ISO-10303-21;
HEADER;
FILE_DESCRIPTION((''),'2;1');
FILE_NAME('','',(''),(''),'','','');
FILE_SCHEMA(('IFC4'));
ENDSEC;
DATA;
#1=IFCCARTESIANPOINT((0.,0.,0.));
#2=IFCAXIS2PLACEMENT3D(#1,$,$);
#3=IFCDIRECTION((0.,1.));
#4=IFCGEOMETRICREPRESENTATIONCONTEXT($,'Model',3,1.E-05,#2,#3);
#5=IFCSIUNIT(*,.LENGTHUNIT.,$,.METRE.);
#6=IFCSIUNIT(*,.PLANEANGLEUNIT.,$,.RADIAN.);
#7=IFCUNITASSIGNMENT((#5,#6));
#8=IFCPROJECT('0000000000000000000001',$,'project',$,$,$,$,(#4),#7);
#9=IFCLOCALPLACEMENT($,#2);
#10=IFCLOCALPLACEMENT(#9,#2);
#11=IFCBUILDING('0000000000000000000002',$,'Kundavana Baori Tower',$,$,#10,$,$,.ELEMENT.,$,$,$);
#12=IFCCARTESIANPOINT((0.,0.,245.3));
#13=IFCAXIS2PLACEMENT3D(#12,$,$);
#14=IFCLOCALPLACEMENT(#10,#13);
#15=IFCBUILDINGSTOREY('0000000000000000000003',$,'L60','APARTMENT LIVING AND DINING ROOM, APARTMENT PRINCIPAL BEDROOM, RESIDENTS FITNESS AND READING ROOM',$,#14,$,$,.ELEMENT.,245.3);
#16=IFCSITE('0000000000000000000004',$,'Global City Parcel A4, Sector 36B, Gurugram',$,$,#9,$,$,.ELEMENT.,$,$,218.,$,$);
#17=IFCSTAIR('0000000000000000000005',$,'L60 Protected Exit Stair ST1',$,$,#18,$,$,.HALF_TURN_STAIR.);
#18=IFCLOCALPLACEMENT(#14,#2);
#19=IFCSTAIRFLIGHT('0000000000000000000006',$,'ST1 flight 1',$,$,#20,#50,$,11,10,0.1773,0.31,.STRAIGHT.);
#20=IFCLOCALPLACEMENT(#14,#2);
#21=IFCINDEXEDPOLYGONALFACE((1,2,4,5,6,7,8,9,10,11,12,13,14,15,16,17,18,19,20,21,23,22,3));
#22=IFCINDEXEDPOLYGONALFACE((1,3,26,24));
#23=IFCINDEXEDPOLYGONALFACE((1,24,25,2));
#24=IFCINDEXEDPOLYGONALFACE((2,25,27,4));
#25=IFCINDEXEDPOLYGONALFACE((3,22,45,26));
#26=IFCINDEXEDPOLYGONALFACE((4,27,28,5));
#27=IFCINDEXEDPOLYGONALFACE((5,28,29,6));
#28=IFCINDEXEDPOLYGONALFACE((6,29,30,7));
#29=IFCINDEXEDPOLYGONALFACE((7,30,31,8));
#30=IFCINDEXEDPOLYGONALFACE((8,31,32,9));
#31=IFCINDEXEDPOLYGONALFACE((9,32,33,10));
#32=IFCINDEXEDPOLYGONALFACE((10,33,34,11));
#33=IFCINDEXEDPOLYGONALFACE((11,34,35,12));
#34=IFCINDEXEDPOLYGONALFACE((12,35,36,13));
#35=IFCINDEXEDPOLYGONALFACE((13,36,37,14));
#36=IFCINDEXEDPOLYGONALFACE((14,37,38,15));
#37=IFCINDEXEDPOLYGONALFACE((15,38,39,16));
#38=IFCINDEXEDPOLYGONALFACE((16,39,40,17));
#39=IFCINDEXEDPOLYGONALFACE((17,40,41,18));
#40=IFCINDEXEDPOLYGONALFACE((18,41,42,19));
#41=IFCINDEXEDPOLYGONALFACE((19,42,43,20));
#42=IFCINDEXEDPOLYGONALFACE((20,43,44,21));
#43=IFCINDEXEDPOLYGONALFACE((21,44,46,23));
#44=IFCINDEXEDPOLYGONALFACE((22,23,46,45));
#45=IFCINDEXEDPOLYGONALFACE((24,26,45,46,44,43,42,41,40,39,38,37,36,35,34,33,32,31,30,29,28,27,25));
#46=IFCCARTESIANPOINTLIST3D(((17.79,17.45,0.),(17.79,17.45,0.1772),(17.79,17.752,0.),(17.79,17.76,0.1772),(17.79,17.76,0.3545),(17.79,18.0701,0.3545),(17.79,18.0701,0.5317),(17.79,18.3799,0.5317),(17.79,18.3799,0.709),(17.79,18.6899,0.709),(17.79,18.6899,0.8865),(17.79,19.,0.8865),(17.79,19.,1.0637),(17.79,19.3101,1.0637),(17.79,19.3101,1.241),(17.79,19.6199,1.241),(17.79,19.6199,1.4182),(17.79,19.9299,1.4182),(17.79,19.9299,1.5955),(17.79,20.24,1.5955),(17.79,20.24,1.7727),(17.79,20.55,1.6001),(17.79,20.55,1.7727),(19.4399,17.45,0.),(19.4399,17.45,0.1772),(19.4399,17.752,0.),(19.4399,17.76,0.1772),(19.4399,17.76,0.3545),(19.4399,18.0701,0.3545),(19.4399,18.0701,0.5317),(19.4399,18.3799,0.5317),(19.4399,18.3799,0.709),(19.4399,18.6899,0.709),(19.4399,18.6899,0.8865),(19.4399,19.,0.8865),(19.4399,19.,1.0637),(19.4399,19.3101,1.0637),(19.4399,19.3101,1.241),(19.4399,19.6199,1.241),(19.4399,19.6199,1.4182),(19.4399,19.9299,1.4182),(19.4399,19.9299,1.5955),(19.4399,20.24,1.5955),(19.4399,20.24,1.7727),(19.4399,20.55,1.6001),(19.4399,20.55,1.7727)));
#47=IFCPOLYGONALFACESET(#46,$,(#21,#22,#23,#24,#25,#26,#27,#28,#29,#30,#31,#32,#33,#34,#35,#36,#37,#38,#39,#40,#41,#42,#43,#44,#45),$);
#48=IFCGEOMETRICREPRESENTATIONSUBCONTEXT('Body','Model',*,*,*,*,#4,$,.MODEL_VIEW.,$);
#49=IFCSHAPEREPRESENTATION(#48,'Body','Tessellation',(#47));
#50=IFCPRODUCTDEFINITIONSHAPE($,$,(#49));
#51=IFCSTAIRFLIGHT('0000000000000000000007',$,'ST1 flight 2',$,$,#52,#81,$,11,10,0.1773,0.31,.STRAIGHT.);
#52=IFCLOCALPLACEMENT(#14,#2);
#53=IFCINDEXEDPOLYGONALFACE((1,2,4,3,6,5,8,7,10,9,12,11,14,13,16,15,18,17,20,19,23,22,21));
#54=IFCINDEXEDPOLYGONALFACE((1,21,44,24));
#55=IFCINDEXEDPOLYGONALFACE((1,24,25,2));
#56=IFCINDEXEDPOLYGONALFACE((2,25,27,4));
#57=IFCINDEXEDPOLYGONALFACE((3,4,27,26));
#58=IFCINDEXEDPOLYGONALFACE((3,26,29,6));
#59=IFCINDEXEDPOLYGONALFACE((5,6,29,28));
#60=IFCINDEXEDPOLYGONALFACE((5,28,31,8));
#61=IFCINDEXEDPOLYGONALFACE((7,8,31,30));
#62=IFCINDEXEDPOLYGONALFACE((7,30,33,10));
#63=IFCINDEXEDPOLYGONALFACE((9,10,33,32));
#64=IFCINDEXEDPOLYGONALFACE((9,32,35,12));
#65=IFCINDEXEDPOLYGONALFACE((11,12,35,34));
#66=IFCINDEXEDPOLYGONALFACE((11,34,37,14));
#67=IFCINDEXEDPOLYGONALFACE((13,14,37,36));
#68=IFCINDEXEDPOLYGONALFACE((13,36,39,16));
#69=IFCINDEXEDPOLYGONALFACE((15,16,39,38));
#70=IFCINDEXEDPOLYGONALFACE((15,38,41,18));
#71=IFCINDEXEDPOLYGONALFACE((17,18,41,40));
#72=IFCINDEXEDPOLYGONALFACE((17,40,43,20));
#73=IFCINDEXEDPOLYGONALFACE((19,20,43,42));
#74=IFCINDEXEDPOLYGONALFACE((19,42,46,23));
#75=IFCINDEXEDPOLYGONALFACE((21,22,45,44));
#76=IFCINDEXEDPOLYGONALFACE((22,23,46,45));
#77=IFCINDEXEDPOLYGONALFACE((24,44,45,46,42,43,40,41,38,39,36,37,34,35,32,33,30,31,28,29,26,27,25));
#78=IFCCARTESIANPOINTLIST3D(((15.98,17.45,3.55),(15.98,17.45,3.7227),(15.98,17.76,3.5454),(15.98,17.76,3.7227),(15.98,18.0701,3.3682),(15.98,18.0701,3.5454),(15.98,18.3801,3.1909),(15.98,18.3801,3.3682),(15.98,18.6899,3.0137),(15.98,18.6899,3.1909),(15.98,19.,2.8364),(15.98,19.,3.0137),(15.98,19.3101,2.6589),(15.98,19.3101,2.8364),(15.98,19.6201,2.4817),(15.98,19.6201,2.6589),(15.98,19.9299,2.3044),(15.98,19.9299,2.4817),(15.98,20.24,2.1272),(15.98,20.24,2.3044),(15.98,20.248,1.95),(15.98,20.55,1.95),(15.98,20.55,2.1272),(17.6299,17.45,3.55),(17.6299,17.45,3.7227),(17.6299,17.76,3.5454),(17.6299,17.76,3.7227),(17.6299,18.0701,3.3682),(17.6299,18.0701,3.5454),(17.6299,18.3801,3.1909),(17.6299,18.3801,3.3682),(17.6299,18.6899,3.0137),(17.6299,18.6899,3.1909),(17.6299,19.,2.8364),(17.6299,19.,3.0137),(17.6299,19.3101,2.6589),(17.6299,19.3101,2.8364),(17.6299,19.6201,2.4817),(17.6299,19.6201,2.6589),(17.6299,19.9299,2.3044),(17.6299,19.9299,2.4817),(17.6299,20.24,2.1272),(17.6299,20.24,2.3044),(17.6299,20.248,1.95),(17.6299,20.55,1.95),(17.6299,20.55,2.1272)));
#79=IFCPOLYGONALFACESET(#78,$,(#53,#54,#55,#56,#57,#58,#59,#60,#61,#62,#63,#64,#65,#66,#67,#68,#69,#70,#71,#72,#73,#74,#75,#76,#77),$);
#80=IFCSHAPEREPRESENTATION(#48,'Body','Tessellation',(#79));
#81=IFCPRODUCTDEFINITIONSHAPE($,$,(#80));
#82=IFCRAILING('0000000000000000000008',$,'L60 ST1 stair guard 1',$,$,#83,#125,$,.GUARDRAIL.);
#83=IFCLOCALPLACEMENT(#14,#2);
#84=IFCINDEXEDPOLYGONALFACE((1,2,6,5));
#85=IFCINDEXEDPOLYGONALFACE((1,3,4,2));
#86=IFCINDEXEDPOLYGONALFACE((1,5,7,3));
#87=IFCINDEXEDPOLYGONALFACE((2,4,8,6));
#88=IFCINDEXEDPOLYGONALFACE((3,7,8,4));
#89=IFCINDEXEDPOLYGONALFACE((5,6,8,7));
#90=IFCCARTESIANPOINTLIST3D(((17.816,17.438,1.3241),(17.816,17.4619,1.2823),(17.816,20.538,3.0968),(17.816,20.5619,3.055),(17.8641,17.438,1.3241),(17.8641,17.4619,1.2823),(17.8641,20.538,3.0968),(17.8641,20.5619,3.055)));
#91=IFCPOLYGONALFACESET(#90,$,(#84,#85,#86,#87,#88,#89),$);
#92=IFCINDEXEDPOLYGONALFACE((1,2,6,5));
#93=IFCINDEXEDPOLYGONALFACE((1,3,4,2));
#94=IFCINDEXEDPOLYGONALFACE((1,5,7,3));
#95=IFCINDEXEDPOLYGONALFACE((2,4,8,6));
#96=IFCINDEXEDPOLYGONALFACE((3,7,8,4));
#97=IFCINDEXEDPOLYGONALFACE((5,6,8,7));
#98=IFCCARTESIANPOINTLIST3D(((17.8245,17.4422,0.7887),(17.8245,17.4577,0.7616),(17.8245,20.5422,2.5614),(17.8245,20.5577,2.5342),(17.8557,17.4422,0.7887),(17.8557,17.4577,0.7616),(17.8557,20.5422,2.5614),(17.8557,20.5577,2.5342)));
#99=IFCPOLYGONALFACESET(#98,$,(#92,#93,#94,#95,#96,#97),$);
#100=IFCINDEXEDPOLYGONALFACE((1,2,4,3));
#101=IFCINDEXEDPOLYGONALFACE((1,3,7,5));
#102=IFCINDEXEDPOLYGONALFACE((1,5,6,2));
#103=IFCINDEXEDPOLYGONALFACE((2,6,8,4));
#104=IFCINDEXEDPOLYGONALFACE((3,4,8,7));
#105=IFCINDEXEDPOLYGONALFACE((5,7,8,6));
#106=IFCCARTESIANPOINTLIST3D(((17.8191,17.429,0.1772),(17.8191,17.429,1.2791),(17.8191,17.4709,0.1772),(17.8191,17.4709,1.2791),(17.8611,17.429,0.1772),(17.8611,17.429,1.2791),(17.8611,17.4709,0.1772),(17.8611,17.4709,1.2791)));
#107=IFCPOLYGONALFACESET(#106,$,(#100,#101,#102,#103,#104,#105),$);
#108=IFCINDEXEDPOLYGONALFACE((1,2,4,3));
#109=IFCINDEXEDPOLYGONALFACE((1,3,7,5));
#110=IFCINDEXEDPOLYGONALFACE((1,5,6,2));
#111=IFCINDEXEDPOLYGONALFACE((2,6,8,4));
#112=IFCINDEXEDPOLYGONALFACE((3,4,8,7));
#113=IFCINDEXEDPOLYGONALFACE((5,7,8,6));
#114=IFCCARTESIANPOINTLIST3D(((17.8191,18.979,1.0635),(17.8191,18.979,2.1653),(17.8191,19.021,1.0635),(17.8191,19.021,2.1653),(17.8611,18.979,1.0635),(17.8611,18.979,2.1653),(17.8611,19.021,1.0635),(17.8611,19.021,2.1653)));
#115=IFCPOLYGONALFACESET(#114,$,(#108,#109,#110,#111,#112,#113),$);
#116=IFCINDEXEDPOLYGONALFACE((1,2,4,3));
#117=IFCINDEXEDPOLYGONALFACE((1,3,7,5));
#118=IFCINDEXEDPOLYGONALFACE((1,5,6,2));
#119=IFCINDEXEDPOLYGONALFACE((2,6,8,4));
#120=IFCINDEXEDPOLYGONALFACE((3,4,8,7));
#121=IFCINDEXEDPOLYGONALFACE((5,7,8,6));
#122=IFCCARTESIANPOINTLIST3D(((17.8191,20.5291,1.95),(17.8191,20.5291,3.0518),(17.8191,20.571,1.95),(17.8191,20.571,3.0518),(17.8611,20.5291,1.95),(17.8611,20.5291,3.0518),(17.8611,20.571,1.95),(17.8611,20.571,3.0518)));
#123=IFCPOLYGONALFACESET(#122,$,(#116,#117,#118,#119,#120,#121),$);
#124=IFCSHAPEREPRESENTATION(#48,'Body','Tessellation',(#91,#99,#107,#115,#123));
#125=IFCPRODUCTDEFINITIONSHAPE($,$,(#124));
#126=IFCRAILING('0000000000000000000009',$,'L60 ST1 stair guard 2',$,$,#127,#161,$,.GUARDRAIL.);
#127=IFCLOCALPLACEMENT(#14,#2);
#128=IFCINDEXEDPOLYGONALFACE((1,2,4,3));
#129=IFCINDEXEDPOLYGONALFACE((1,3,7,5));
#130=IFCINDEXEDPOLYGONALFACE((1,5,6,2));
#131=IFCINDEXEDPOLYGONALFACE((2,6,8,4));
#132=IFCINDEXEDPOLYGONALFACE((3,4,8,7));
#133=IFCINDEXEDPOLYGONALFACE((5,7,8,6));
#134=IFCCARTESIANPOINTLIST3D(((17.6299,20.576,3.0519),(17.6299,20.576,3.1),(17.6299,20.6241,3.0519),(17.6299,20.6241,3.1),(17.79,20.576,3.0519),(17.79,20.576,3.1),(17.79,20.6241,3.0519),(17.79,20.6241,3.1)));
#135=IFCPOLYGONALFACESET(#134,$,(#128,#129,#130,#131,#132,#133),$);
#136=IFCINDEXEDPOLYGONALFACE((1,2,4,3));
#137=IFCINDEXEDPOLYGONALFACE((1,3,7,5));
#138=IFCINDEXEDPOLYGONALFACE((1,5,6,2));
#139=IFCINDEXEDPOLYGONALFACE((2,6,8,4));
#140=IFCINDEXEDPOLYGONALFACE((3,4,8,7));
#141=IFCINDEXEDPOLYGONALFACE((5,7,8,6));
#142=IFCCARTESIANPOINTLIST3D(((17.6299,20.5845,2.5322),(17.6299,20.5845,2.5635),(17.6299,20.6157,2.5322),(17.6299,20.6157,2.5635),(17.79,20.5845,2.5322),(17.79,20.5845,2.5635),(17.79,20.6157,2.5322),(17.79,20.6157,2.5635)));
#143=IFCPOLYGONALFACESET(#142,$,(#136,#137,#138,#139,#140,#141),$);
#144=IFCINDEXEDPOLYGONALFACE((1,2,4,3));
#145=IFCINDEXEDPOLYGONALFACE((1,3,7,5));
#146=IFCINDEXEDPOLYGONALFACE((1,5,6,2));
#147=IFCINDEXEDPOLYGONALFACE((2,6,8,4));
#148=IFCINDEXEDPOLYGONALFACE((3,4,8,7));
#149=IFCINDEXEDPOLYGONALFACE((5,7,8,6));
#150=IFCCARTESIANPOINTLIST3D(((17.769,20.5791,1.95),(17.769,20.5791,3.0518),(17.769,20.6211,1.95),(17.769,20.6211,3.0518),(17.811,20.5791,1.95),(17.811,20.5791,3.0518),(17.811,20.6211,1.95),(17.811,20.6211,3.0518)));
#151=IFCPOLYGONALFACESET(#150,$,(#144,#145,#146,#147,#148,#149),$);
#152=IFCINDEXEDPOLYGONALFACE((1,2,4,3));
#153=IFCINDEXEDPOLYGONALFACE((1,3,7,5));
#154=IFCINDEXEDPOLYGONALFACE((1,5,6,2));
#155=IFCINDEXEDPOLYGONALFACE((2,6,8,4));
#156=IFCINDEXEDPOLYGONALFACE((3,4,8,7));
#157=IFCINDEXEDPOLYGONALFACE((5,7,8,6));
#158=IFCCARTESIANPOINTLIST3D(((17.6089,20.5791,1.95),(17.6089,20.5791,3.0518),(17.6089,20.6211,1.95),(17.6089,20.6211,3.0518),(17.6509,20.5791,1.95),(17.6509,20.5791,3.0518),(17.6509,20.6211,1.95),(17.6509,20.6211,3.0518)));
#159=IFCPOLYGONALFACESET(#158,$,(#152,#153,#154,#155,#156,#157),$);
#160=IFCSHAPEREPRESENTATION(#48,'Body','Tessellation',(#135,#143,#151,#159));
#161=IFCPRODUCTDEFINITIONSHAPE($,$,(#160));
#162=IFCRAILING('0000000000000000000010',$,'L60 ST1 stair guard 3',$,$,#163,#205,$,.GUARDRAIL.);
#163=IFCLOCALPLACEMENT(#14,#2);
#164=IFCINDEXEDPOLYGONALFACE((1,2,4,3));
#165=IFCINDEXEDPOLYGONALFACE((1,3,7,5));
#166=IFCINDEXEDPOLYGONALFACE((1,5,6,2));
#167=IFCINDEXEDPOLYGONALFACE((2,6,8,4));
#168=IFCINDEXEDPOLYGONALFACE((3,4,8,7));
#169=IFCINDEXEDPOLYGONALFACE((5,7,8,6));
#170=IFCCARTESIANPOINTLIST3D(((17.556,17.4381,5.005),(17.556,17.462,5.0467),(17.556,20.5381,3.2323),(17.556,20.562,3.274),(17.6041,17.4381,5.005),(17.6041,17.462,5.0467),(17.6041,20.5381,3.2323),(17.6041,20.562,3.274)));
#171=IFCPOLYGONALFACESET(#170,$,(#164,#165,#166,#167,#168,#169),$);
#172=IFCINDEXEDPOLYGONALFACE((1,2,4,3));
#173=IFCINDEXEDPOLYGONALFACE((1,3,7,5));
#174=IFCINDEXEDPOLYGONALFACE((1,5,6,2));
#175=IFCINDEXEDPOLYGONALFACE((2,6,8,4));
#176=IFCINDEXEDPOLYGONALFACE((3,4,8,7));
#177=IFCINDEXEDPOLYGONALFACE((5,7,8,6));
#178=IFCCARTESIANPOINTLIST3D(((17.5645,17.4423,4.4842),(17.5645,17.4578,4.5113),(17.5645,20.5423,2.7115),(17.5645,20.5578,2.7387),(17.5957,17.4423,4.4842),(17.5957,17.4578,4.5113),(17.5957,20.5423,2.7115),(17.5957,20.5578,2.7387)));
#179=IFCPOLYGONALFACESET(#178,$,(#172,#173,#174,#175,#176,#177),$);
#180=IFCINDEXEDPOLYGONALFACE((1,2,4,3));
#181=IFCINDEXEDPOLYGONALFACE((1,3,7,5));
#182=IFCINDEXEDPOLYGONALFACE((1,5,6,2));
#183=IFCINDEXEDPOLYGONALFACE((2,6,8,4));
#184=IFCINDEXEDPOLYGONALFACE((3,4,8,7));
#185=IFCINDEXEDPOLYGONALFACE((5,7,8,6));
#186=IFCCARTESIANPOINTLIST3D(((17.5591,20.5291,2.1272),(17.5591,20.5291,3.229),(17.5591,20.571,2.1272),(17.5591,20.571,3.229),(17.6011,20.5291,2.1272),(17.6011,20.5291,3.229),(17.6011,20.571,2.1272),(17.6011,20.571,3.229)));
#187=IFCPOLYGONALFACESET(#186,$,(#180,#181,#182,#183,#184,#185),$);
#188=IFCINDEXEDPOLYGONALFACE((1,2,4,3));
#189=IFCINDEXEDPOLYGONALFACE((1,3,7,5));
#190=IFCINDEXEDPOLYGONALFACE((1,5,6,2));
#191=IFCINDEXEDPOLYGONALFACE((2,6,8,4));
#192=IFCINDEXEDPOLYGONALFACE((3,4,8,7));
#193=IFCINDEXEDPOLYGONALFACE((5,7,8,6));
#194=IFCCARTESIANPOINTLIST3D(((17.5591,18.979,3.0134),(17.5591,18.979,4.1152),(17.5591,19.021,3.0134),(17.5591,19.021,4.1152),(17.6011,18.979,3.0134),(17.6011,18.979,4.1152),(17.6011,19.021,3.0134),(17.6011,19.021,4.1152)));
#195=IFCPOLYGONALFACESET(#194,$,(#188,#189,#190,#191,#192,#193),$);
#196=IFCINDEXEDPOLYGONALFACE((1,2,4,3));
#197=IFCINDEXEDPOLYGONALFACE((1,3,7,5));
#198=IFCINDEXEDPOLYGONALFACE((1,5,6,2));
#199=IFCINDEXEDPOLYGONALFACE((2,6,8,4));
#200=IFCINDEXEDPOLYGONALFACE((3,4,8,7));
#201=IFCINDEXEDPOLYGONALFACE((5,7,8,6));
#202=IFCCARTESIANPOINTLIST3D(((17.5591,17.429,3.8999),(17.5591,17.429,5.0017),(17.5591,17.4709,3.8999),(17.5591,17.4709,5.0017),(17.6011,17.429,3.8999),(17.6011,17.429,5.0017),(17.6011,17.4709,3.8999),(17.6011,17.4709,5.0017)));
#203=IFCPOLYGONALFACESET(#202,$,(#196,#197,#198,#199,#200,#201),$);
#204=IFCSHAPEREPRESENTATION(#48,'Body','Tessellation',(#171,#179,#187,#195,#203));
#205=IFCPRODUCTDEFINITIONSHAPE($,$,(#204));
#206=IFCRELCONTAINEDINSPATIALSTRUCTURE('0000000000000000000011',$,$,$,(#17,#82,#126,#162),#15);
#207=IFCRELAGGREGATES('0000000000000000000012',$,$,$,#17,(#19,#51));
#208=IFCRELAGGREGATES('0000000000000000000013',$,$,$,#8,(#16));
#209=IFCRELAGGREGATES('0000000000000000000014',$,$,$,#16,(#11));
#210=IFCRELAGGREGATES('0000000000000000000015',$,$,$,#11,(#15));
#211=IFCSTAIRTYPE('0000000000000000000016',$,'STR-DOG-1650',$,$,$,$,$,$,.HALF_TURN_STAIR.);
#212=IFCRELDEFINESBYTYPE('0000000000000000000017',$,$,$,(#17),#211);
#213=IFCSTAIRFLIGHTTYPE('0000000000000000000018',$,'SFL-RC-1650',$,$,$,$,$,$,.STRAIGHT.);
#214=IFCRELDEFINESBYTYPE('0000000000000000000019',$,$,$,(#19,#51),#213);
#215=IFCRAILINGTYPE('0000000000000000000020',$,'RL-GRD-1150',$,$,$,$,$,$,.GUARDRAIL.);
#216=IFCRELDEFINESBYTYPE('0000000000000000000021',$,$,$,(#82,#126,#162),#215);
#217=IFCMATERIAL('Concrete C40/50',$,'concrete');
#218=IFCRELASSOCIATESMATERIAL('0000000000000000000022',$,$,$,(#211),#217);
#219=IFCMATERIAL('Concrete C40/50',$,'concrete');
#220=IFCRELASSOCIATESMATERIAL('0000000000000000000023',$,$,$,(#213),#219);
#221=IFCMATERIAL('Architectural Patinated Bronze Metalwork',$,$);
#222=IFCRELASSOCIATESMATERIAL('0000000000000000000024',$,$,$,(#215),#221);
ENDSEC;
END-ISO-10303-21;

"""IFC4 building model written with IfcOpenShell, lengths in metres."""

from ifc_helpers import new_model, si_unit, direction, frame, origin, origin_2d, place, context, subcontext, project, spatial, polyline, rectangle, outline, extrude, material, type_object, element, aggregate, save


model = new_model("IFC4")

# Units and contexts
model_context = context("Model", 3, precision=1e-05, world=origin(), true_north=direction((0.0, 1.0)))
body_context = subcontext(model_context, "Body", "Model", "MODEL_VIEW")
ifc_project = project(units=[si_unit("LENGTHUNIT", "METRE"), si_unit("PLANEANGLEUNIT", "RADIAN")], contexts=[model_context])

# Site, building, storey
site_placement = place(None, origin())
site = spatial("IfcSite", under=ifc_project, at=site_placement, Name="Global City Parcel A4, Sector 36B, Gurugram", CompositionType="ELEMENT", RefElevation=218.0)
building_placement = place(site_placement, origin())
building = spatial("IfcBuilding", under=site, at=building_placement, Name="Kundavana Baori Tower", CompositionType="ELEMENT")
storey_placement = place(building_placement, frame((0.0, 0.0, 245.3)))
storey = spatial("IfcBuildingStorey", under=building, at=storey_placement, Name="L60", Description="APARTMENT LIVING AND DINING ROOM, APARTMENT PRINCIPAL BEDROOM, RESIDENTS FITNESS AND READING ROOM", CompositionType="ELEMENT", Elevation=245.3)

# Stair, stair flights
ifc_material_1 = material(Name="Concrete C40/50", Category="concrete")
stair_type = type_object("IfcStairType", Name="STR-DOG-1650", PredefinedType="HALF_TURN_STAIR", material=ifc_material_1)
stair_placement = place(storey_placement, origin())
stair = element("IfcStair", 1, at=stair_placement, inside=storey, type_object=stair_type, Name="L60 Protected Exit Stair ST1", PredefinedType="HALF_TURN_STAIR")
ifc_material_2 = material(Name="Concrete C40/50", Category="concrete")
stair_flight_type = type_object("IfcStairFlightType", Name="SFL-RC-1650", PredefinedType="STRAIGHT", material=ifc_material_2)
stair_flight_1_placement = place(storey_placement, frame((18.615, 17.45, 0.0), z_axis=(0.0, 0.0, 1.0), x_axis=(0.0, 1.0, 0.0)))
stair_flight_1 = element("IfcStairFlight", 2, at=stair_flight_1_placement, type_object=stair_flight_type, Name="ST1 flight 1", NumberOfRisers=11, NumberOfTreads=10, PredefinedType="STRAIGHT", RiserHeight=0.1773, TreadLength=0.31, context=body_context, shape_type="SweptSolid", body=[
    extrude(outline(polyline([(0.0, 0.0), (0.0, 0.1772), (0.3101, 0.1772), (0.3101, 0.3545), (0.6201, 0.3545), (0.6201, 0.5317), (0.9299, 0.5317), (0.9299, 0.709), (1.24, 0.709), (1.24, 0.8865), (1.55, 0.8865), (1.55, 1.0637), (1.8601, 1.0637), (1.8601, 1.241), (2.1699, 1.241), (2.1699, 1.4182), (2.48, 1.4182), (2.48, 1.5955), (2.79, 1.5955), (2.79, 1.7727), (3.1001, 1.7727), (3.1001, 1.95), (3.1001, 1.6001), (0.302, 0.0), (0.0, 0.0)])), frame((0.0, 0.825, 0.0), z_axis=(0.0, -1.0, 0.0), x_axis=(1.0, 0.0, 0.0)), (0.0, 0.0, 1.0), 1.6499),
])
stair_flight_2_placement = place(storey_placement, frame((16.8049, 20.55, 1.95), z_axis=(0.0, 0.0, 1.0), x_axis=(0.0, -1.0, 0.0)))
stair_flight_2 = element("IfcStairFlight", 3, at=stair_flight_2_placement, type_object=stair_flight_type, Name="ST1 flight 2", NumberOfRisers=11, NumberOfTreads=10, PredefinedType="STRAIGHT", RiserHeight=0.1773, TreadLength=0.31, context=body_context, shape_type="SweptSolid", body=[
    extrude(outline(polyline([(0.0, 0.0), (0.0, 0.1772), (0.3101, 0.1772), (0.3101, 0.3545), (0.6201, 0.3545), (0.6201, 0.5317), (0.9299, 0.5317), (0.9299, 0.709), (1.24, 0.709), (1.24, 0.8865), (1.55, 0.8865), (1.55, 1.0637), (1.8601, 1.0637), (1.8601, 1.241), (2.1699, 1.241), (2.1699, 1.4182), (2.48, 1.4182), (2.48, 1.5955), (2.79, 1.5955), (2.79, 1.7727), (3.1001, 1.7727), (3.1001, 1.95), (3.1001, 1.6001), (0.302, 0.0), (0.0, 0.0)])), frame((0.0, 0.825, 0.0), z_axis=(0.0, -1.0, 0.0), x_axis=(1.0, 0.0, 0.0)), (0.0, 0.0, 1.0), 1.6499),
])
aggregate(stair, [stair_flight_1, stair_flight_2])

# Railings
ifc_material_3 = material(Name="Architectural Patinated Bronze Metalwork")
railing_type_1 = type_object("IfcRailingType", Name="RL-GRD-1150", PredefinedType="GUARDRAIL", material=ifc_material_3)
railing_1_placement = place(storey_placement, frame((17.8401, 17.45, 0.1772)))
element("IfcRailing", 4, at=railing_1_placement, inside=storey, type_object=railing_type_1, Name="L60 ST1 stair guard 1", PredefinedType="GUARDRAIL", context=body_context, shape_type="SweptSolid", body=[
    extrude(rectangle(XDim=0.0481, YDim=0.0481, at=origin_2d()), frame((0.0, 0.0, 1.126), z_axis=(0.0, 0.868096, 0.496397), x_axis=(-1.0, 0.0, 0.0)), (0.0, 0.0, 1.0), 3.571),
    extrude(rectangle(XDim=0.0312, YDim=0.0312, at=origin_2d()), frame((0.0, 0.0, 0.5979), z_axis=(0.0, 0.868096, 0.496397), x_axis=(-1.0, 0.0, 0.0)), (0.0, 0.0, 1.0), 3.571),
    extrude(rectangle(XDim=0.042, YDim=0.042, at=origin_2d()), origin(), (0.0, 0.0, 1.0), 1.1018),
    extrude(rectangle(XDim=0.042, YDim=0.042, at=origin_2d()), frame((0.0, 1.55, 0.8862)), (0.0, 0.0, 1.0), 1.1018),
    extrude(rectangle(XDim=0.042, YDim=0.042, at=origin_2d()), frame((0.0, 3.1001, 1.7727)), (0.0, 0.0, 1.0), 1.1018),
])
railing_2_placement = place(storey_placement, frame((17.79, 20.6001, 1.95)))
element("IfcRailing", 5, at=railing_2_placement, inside=storey, type_object=railing_type_1, Name="L60 ST1 stair guard 2", PredefinedType="GUARDRAIL", context=body_context, shape_type="SweptSolid", body=[
    extrude(rectangle(XDim=0.0481, YDim=0.0481, at=origin_2d()), frame((0.0, 0.0, 1.126), z_axis=(-1.0, 0.0, 0.0), x_axis=(0.0, -1.0, 0.0)), (0.0, 0.0, 1.0), 0.1602),
    extrude(rectangle(XDim=0.0312, YDim=0.0312, at=origin_2d()), frame((0.0, 0.0, 0.5979), z_axis=(-1.0, 0.0, 0.0), x_axis=(0.0, -1.0, 0.0)), (0.0, 0.0, 1.0), 0.1602),
    extrude(rectangle(XDim=0.042, YDim=0.042, at=origin_2d()), origin(), (0.0, 0.0, 1.0), 1.1018),
    extrude(rectangle(XDim=0.042, YDim=0.042, at=origin_2d()), frame((-0.1602, 0.0, 0.0)), (0.0, 0.0, 1.0), 1.1018),
])
railing_3_placement = place(storey_placement, frame((17.5801, 20.55, 2.1272)))
element("IfcRailing", 6, at=railing_3_placement, inside=storey, type_object=railing_type_1, Name="L60 ST1 stair guard 3", PredefinedType="GUARDRAIL", context=body_context, shape_type="SweptSolid", body=[
    extrude(rectangle(XDim=0.0481, YDim=0.0481, at=origin_2d()), frame((0.0, 0.0, 1.126), z_axis=(0.0, -0.868096, 0.496397), x_axis=(1.0, 0.0, 0.0)), (0.0, 0.0, 1.0), 3.571),
    extrude(rectangle(XDim=0.0312, YDim=0.0312, at=origin_2d()), frame((0.0, 0.0, 0.5979), z_axis=(0.0, -0.868096, 0.496397), x_axis=(1.0, 0.0, 0.0)), (0.0, 0.0, 1.0), 3.571),
    extrude(rectangle(XDim=0.042, YDim=0.042, at=origin_2d()), origin(), (0.0, 0.0, 1.0), 1.1018),
    extrude(rectangle(XDim=0.042, YDim=0.042, at=origin_2d()), frame((0.0, -1.55, 0.8862)), (0.0, 0.0, 1.0), 1.1018),
    extrude(rectangle(XDim=0.042, YDim=0.042, at=origin_2d()), frame((0.0, -3.1001, 1.7727)), (0.0, 0.0, 1.0), 1.1018),
])

save(model, "model.ifc")
